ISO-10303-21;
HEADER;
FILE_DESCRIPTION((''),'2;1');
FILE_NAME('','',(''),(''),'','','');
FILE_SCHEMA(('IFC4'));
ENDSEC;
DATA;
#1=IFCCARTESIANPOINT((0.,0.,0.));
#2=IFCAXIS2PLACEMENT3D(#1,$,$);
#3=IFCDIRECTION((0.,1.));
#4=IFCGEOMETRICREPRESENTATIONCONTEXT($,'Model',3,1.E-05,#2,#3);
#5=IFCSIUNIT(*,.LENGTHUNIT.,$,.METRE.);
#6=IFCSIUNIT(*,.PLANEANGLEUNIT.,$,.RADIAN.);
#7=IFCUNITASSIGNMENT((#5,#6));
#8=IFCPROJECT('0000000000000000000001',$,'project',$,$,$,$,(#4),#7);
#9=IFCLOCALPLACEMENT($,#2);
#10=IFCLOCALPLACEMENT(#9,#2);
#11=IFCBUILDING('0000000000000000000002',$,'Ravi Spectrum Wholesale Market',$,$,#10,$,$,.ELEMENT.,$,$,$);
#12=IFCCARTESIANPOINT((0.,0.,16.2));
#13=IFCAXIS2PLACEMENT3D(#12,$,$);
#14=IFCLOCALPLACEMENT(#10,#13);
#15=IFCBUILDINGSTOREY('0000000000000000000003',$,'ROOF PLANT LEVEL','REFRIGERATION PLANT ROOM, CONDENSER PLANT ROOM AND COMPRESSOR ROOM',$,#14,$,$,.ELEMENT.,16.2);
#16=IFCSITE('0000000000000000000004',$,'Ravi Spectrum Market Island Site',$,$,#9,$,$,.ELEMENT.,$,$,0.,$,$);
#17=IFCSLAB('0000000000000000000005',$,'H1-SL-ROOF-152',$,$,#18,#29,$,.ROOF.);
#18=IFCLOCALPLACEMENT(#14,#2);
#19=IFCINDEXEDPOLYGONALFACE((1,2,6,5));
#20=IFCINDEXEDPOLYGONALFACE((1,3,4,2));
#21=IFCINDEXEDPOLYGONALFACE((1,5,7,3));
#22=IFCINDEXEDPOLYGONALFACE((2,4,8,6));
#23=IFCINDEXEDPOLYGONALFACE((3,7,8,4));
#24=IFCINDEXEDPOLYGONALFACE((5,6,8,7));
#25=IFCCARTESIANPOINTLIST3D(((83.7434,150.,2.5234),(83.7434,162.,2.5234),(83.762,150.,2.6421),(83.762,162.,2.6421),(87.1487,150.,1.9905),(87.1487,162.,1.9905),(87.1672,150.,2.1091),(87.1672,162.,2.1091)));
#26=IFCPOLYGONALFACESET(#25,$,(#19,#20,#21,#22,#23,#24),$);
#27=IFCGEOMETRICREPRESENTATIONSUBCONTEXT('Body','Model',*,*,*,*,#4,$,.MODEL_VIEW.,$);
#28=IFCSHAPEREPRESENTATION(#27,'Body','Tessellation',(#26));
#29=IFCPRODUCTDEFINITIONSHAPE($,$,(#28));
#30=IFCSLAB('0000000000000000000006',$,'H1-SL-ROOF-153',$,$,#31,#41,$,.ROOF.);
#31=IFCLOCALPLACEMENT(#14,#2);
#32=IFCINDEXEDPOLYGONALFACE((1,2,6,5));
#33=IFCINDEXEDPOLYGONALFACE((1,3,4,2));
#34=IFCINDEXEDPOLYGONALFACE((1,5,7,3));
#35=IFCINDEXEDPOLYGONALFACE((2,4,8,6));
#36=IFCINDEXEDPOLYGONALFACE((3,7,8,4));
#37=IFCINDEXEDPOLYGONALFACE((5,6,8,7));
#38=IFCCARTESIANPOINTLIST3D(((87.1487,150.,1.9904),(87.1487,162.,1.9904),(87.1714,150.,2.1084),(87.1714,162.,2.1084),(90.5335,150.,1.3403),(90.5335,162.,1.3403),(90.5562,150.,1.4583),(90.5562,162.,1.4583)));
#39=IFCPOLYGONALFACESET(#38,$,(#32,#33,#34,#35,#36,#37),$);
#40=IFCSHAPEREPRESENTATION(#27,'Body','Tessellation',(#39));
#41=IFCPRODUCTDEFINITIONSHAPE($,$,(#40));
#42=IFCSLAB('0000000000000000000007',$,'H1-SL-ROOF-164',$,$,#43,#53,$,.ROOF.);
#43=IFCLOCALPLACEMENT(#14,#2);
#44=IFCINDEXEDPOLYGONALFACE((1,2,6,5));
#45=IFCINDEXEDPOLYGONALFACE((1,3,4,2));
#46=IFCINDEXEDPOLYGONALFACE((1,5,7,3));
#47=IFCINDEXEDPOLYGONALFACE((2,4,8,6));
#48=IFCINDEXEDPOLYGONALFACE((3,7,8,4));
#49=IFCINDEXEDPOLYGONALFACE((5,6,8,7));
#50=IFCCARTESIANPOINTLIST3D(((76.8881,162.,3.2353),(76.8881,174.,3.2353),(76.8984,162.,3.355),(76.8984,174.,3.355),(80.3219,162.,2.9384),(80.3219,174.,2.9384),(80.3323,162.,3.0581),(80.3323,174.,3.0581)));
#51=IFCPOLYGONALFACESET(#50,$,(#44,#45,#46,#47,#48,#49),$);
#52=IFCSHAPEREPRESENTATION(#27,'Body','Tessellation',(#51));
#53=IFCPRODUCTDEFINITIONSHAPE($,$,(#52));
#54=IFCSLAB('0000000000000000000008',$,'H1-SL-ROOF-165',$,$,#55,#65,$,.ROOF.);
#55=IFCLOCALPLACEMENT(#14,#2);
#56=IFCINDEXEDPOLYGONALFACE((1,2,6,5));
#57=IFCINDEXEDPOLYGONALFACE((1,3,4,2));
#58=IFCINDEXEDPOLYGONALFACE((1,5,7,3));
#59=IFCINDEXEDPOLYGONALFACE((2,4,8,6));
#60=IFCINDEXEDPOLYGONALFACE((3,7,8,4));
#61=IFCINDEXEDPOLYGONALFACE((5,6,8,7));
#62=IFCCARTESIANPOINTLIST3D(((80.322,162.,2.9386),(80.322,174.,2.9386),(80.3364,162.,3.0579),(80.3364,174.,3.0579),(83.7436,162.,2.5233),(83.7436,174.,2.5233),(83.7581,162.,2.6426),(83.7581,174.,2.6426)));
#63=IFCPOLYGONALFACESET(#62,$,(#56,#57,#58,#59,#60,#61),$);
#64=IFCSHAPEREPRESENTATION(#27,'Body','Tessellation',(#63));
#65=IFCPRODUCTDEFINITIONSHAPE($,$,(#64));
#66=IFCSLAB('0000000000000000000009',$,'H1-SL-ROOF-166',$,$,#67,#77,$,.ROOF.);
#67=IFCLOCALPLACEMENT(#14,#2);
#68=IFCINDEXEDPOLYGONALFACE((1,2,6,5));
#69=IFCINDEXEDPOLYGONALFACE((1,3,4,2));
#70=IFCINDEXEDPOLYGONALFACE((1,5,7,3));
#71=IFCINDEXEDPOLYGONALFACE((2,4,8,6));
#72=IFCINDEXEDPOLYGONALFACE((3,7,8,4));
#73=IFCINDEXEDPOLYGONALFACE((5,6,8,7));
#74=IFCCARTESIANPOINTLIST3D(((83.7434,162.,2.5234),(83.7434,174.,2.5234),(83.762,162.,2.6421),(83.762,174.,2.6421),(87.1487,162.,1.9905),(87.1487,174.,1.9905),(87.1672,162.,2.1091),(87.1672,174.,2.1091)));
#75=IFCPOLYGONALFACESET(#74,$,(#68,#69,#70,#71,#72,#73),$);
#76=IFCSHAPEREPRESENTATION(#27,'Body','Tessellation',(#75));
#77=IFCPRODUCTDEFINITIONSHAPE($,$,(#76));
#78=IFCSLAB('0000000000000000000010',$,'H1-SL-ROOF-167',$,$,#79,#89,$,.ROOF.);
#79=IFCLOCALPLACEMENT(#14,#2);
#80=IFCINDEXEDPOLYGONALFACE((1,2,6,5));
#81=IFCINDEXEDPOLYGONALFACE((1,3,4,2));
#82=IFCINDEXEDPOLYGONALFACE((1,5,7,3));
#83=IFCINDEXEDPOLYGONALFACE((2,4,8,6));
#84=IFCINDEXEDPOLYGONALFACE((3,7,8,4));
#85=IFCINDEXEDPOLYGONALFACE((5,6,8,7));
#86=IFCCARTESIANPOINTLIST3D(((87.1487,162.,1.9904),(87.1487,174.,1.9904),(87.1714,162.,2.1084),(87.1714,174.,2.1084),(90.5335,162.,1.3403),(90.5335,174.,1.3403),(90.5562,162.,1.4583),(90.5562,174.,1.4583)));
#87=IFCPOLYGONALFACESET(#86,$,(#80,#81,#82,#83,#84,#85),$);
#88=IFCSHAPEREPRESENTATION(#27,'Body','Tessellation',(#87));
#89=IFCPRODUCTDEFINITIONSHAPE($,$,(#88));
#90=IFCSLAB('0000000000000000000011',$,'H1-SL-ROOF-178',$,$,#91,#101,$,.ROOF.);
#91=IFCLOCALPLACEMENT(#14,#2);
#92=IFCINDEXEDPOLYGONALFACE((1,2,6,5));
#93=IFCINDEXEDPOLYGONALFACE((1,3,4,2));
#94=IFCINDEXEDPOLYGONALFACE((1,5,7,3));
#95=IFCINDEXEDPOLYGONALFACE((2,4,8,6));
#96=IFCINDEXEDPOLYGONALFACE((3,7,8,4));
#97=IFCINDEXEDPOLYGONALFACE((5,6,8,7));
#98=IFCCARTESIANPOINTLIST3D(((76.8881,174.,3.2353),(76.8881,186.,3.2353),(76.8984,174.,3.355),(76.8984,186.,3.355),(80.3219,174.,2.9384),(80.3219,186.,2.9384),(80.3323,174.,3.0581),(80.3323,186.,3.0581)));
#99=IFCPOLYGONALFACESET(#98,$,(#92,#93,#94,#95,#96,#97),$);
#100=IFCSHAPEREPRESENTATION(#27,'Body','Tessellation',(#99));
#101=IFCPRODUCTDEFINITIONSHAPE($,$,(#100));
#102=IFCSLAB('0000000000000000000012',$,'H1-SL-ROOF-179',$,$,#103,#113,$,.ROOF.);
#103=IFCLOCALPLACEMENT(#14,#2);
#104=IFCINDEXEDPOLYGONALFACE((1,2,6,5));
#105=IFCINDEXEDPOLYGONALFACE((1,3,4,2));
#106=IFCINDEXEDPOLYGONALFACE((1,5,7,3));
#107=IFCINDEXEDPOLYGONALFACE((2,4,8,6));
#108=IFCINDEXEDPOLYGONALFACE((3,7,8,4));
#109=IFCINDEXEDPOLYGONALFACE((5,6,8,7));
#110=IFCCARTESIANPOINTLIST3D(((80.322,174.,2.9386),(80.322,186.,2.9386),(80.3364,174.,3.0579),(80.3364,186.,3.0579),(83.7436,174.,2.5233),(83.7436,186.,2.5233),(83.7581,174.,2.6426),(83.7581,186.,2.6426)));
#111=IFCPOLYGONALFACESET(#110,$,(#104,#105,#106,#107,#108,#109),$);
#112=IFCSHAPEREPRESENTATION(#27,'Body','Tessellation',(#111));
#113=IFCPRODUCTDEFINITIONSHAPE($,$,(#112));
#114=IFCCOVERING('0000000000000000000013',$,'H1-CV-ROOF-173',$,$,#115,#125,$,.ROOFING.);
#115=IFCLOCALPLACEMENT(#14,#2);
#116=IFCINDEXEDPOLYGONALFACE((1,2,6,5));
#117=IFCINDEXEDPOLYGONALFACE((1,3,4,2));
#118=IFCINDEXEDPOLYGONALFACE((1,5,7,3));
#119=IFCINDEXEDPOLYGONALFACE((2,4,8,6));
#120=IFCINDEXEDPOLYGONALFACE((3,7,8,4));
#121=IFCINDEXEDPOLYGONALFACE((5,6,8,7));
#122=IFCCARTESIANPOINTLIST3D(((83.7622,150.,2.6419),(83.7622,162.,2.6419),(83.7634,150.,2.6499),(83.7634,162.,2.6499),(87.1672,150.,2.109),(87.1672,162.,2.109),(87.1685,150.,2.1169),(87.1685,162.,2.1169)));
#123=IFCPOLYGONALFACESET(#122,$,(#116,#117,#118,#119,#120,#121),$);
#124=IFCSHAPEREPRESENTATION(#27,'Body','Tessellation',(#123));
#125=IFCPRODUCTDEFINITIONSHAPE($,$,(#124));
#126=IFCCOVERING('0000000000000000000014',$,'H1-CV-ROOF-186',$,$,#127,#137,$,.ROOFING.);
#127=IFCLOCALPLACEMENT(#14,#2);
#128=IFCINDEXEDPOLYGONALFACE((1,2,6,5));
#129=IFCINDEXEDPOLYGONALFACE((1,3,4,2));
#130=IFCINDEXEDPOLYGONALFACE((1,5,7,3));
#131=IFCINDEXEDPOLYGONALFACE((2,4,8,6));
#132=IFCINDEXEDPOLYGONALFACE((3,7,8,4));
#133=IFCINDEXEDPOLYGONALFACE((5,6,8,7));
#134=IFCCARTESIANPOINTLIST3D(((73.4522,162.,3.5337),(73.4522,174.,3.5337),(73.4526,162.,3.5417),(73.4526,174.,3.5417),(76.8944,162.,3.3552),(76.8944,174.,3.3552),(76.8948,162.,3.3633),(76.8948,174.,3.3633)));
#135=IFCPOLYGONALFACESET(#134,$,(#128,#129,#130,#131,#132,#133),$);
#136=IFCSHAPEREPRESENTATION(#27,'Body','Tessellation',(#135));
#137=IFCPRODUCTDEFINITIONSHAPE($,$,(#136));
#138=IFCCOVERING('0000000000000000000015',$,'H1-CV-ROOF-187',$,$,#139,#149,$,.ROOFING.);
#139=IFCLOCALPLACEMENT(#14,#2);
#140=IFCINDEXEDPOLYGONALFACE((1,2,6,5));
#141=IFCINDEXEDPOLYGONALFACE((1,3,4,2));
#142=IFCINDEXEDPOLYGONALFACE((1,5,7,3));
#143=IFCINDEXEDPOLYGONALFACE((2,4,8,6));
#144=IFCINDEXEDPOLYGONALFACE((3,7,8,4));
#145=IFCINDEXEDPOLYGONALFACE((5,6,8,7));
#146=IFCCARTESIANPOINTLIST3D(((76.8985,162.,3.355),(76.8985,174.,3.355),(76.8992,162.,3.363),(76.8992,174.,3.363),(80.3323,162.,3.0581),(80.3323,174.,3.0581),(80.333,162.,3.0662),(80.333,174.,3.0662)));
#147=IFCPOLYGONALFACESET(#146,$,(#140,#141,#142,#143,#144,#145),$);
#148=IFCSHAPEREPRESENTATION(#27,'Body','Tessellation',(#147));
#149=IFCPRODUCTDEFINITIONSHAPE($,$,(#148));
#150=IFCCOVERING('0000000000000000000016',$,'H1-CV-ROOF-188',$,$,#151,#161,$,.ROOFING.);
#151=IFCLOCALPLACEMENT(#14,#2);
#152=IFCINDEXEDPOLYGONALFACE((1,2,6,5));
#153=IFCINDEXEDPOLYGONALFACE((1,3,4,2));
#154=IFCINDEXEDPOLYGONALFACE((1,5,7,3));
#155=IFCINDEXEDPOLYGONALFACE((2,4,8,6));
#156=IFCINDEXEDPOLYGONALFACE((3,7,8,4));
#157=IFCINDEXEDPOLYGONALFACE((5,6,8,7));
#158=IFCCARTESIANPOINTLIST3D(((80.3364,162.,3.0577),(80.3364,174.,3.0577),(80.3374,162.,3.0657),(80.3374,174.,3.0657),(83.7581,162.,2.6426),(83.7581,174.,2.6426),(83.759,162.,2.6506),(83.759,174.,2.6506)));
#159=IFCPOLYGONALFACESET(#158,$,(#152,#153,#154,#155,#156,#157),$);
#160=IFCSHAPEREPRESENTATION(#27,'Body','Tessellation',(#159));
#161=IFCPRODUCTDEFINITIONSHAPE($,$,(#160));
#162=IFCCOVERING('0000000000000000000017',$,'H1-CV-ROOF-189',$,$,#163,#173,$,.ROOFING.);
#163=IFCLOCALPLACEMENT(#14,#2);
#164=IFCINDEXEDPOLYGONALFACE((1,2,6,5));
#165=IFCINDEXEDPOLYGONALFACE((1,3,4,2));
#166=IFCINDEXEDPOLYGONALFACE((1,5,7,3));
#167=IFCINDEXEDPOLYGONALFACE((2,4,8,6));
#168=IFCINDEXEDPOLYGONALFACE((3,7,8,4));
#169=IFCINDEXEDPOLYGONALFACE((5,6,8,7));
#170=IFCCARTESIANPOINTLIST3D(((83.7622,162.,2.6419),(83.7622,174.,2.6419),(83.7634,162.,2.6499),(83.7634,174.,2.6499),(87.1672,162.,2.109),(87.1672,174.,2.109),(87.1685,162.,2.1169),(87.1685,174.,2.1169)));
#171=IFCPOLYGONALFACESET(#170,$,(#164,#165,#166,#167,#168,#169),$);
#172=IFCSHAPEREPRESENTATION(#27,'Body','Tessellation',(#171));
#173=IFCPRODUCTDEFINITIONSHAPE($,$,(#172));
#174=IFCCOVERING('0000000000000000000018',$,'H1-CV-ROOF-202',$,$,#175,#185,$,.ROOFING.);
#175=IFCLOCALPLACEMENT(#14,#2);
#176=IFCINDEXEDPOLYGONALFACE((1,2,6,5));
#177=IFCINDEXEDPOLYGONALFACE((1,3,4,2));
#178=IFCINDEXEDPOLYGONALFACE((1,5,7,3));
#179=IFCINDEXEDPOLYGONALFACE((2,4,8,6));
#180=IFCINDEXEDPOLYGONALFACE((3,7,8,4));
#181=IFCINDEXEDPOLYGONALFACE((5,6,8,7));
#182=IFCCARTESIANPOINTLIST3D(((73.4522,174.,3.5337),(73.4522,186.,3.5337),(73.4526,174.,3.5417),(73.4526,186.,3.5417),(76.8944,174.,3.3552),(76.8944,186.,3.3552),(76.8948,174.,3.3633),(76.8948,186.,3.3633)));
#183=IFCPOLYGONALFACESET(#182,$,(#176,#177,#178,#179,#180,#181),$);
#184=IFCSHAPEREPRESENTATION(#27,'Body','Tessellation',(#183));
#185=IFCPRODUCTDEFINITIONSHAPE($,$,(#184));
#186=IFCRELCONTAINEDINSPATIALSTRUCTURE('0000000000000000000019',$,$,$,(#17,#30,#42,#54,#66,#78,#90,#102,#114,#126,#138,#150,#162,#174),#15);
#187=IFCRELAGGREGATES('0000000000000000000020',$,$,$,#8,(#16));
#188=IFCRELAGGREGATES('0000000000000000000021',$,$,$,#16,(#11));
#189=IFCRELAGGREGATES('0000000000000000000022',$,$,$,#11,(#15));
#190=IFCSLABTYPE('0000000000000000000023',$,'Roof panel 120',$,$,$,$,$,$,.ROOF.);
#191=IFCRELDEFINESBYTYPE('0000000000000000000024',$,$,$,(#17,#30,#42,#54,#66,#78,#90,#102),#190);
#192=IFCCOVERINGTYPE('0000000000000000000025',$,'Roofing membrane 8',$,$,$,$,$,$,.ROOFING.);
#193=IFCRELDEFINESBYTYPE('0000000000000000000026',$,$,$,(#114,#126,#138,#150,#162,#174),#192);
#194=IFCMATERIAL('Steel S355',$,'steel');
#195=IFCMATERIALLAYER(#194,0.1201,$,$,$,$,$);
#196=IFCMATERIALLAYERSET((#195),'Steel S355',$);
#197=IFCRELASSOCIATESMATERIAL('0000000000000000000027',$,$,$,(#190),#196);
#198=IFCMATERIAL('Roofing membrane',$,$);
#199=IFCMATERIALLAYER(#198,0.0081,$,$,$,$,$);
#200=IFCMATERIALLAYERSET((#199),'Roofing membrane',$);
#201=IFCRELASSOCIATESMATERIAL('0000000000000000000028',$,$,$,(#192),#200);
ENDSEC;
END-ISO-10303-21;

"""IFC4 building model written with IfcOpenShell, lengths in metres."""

from ifc_helpers import new_model, si_unit, direction, frame, origin, place, context, subcontext, project, spatial, polyline, outline, extrude, material, layer, layer_set, type_object, element, save


model = new_model("IFC4")

# Units and contexts
model_context = context("Model", 3, precision=1e-05, world=origin(), true_north=direction((0.0, 1.0)))
body_context = subcontext(model_context, "Body", "Model", "MODEL_VIEW")
ifc_project = project(units=[si_unit("LENGTHUNIT", "METRE"), si_unit("PLANEANGLEUNIT", "RADIAN")], contexts=[model_context])

# Site, building, storey
site_placement = place(None, origin())
site = spatial("IfcSite", under=ifc_project, at=site_placement, Name="Ravi Spectrum Market Island Site", CompositionType="ELEMENT", RefElevation=0.0)
building_placement = place(site_placement, origin())
building = spatial("IfcBuilding", under=site, at=building_placement, Name="Ravi Spectrum Wholesale Market", CompositionType="ELEMENT")
storey_placement = place(building_placement, frame((0.0, 0.0, 16.2)))
storey = spatial("IfcBuildingStorey", under=building, at=storey_placement, Name="ROOF PLANT LEVEL", Description="REFRIGERATION PLANT ROOM, CONDENSER PLANT ROOM AND COMPRESSOR ROOM", CompositionType="ELEMENT", Elevation=16.2)

# Slabs
ifc_material_1 = material(Name="Steel S355", Category="steel")
ifc_layer_1 = layer(ifc_material_1, 0.1201)
ifc_layer_set_1 = layer_set([ifc_layer_1], Name="Steel S355")
slab_type = type_object("IfcSlabType", Name="Roof panel 120", PredefinedType="ROOF", material=ifc_layer_set_1)
slab_1_placement = place(storey_placement, frame((83.762, 150.0, 2.6421), z_axis=(0.154628, 0.0, 0.987973), x_axis=(0.987973, 0.0, -0.154628)))
element("IfcSlab", 1, at=slab_1_placement, inside=storey, type_object=slab_type, Name="H1-SL-ROOF-152", PredefinedType="ROOF", context=body_context, shape_type="SweptSolid", body=[
    extrude(outline(polyline([(0.0, 0.0), (3.4467, 0.0), (3.4467, 12.0), (0.0, 12.0), (0.0, 0.0)])), origin(), (0.0, 0.0, -1.0), 0.1201),
])
slab_2_placement = place(storey_placement, frame((87.1714, 150.0, 2.1084), z_axis=(0.188632, 0.0, 0.982048), x_axis=(0.982048, 0.0, -0.188632)))
element("IfcSlab", 2, at=slab_2_placement, inside=storey, type_object=slab_type, Name="H1-SL-ROOF-153", PredefinedType="ROOF", context=body_context, shape_type="SweptSolid", body=[
    extrude(outline(polyline([(0.0, 0.0), (3.4466, 0.0), (3.4466, 12.0), (0.0, 12.0), (0.0, 0.0)])), origin(), (0.0, 0.0, -1.0), 0.1201),
])
slab_3_placement = place(storey_placement, frame((76.8984, 162.0, 3.355), z_axis=(0.086134, 0.0, 0.996284), x_axis=(0.996284, 0.0, -0.086134)))
element("IfcSlab", 3, at=slab_3_placement, inside=storey, type_object=slab_type, Name="H1-SL-ROOF-164", PredefinedType="ROOF", context=body_context, shape_type="SweptSolid", body=[
    extrude(outline(polyline([(0.0, 0.0), (3.4466, 0.0), (3.4466, 12.0), (0.0, 12.0), (0.0, 0.0)])), origin(), (0.0, 0.0, -1.0), 0.1201),
])
slab_4_placement = place(storey_placement, frame((80.3364, 162.0, 3.0579), z_axis=(0.120486, 0.0, 0.992715), x_axis=(0.992715, 0.0, -0.120486)))
element("IfcSlab", 4, at=slab_4_placement, inside=storey, type_object=slab_type, Name="H1-SL-ROOF-165", PredefinedType="ROOF", context=body_context, shape_type="SweptSolid", body=[
    extrude(outline(polyline([(0.0, 0.0), (3.4467, 0.0), (3.4467, 12.0), (0.0, 12.0), (0.0, 0.0)])), origin(), (0.0, 0.0, -1.0), 0.1201),
])
slab_5_placement = place(storey_placement, frame((83.762, 162.0, 2.6421), z_axis=(0.154628, 0.0, 0.987973), x_axis=(0.987973, 0.0, -0.154628)))
element("IfcSlab", 5, at=slab_5_placement, inside=storey, type_object=slab_type, Name="H1-SL-ROOF-166", PredefinedType="ROOF", context=body_context, shape_type="SweptSolid", body=[
    extrude(outline(polyline([(0.0, 0.0), (3.4467, 0.0), (3.4467, 12.0), (0.0, 12.0), (0.0, 0.0)])), origin(), (0.0, 0.0, -1.0), 0.1201),
])
slab_6_placement = place(storey_placement, frame((87.1714, 162.0, 2.1084), z_axis=(0.188632, 0.0, 0.982048), x_axis=(0.982048, 0.0, -0.188632)))
element("IfcSlab", 6, at=slab_6_placement, inside=storey, type_object=slab_type, Name="H1-SL-ROOF-167", PredefinedType="ROOF", context=body_context, shape_type="SweptSolid", body=[
    extrude(outline(polyline([(0.0, 0.0), (3.4466, 0.0), (3.4466, 12.0), (0.0, 12.0), (0.0, 0.0)])), origin(), (0.0, 0.0, -1.0), 0.1201),
])
slab_7_placement = place(storey_placement, frame((76.8984, 174.0, 3.355), z_axis=(0.086134, 0.0, 0.996284), x_axis=(0.996284, 0.0, -0.086134)))
element("IfcSlab", 7, at=slab_7_placement, inside=storey, type_object=slab_type, Name="H1-SL-ROOF-178", PredefinedType="ROOF", context=body_context, shape_type="SweptSolid", body=[
    extrude(outline(polyline([(0.0, 0.0), (3.4466, 0.0), (3.4466, 12.0), (0.0, 12.0), (0.0, 0.0)])), origin(), (0.0, 0.0, -1.0), 0.1201),
])
slab_8_placement = place(storey_placement, frame((80.3364, 174.0, 3.0579), z_axis=(0.120486, 0.0, 0.992715), x_axis=(0.992715, 0.0, -0.120486)))
element("IfcSlab", 8, at=slab_8_placement, inside=storey, type_object=slab_type, Name="H1-SL-ROOF-179", PredefinedType="ROOF", context=body_context, shape_type="SweptSolid", body=[
    extrude(outline(polyline([(0.0, 0.0), (3.4467, 0.0), (3.4467, 12.0), (0.0, 12.0), (0.0, 0.0)])), origin(), (0.0, 0.0, -1.0), 0.1201),
])

# Coverings
ifc_material_2 = material(Name="Roofing membrane")
ifc_layer_2 = layer(ifc_material_2, 0.0081)
ifc_layer_set_2 = layer_set([ifc_layer_2], Name="Roofing membrane")
covering_type = type_object("IfcCoveringType", Name="Roofing membrane 8", PredefinedType="ROOFING", material=ifc_layer_set_2)
covering_1_placement = place(storey_placement, frame((83.7634, 150.0, 2.6499), z_axis=(0.154638, 0.0, 0.987971), x_axis=(0.987971, 0.0, -0.154638)))
element("IfcCovering", 9, at=covering_1_placement, inside=storey, type_object=covering_type, Name="H1-CV-ROOF-173", PredefinedType="ROOFING", context=body_context, shape_type="SweptSolid", body=[
    extrude(outline(polyline([(0.0, 0.0), (3.4465, 0.0), (3.4465, 12.0), (0.0, 12.0), (0.0, 0.0)])), origin(), (0.0, 0.0, -1.0), 0.0081),
])
covering_2_placement = place(storey_placement, frame((73.4526, 162.0, 3.5417), z_axis=(0.051778, 0.0, 0.998659), x_axis=(0.998659, 0.0, -0.051778)))
element("IfcCovering", 10, at=covering_2_placement, inside=storey, type_object=covering_type, Name="H1-CV-ROOF-186", PredefinedType="ROOFING", context=body_context, shape_type="SweptSolid", body=[
    extrude(outline(polyline([(0.0, 0.0), (3.4468, 0.0), (3.4468, 12.0), (0.0, 12.0), (0.0, 0.0)])), origin(), (0.0, 0.0, -1.0), 0.0081),
])
covering_3_placement = place(storey_placement, frame((76.8992, 162.0, 3.363), z_axis=(0.086134, 0.0, 0.996284), x_axis=(0.996284, 0.0, -0.086134)))
element("IfcCovering", 11, at=covering_3_placement, inside=storey, type_object=covering_type, Name="H1-CV-ROOF-187", PredefinedType="ROOFING", context=body_context, shape_type="SweptSolid", body=[
    extrude(outline(polyline([(0.0, 0.0), (3.4466, 0.0), (3.4466, 12.0), (0.0, 12.0), (0.0, 0.0)])), origin(), (0.0, 0.0, -1.0), 0.0081),
])
covering_4_placement = place(storey_placement, frame((80.3374, 162.0, 3.0657), z_axis=(0.120416, 0.0, 0.992724), x_axis=(0.992724, 0.0, -0.120416)))
element("IfcCovering", 12, at=covering_4_placement, inside=storey, type_object=covering_type, Name="H1-CV-ROOF-188", PredefinedType="ROOFING", context=body_context, shape_type="SweptSolid", body=[
    extrude(outline(polyline([(0.0, 0.0), (3.4467, 0.0), (3.4467, 12.0), (0.0, 12.0), (0.0, 0.0)])), origin(), (0.0, 0.0, -1.0), 0.0081),
])
covering_5_placement = place(storey_placement, frame((83.7634, 162.0, 2.6499), z_axis=(0.154638, 0.0, 0.987971), x_axis=(0.987971, 0.0, -0.154638)))
element("IfcCovering", 13, at=covering_5_placement, inside=storey, type_object=covering_type, Name="H1-CV-ROOF-189", PredefinedType="ROOFING", context=body_context, shape_type="SweptSolid", body=[
    extrude(outline(polyline([(0.0, 0.0), (3.4465, 0.0), (3.4465, 12.0), (0.0, 12.0), (0.0, 0.0)])), origin(), (0.0, 0.0, -1.0), 0.0081),
])
covering_6_placement = place(storey_placement, frame((73.4526, 174.0, 3.5417), z_axis=(0.051778, 0.0, 0.998659), x_axis=(0.998659, 0.0, -0.051778)))
element("IfcCovering", 14, at=covering_6_placement, inside=storey, type_object=covering_type, Name="H1-CV-ROOF-202", PredefinedType="ROOFING", context=body_context, shape_type="SweptSolid", body=[
    extrude(outline(polyline([(0.0, 0.0), (3.4468, 0.0), (3.4468, 12.0), (0.0, 12.0), (0.0, 0.0)])), origin(), (0.0, 0.0, -1.0), 0.0081),
])

save(model, "model.ifc")
